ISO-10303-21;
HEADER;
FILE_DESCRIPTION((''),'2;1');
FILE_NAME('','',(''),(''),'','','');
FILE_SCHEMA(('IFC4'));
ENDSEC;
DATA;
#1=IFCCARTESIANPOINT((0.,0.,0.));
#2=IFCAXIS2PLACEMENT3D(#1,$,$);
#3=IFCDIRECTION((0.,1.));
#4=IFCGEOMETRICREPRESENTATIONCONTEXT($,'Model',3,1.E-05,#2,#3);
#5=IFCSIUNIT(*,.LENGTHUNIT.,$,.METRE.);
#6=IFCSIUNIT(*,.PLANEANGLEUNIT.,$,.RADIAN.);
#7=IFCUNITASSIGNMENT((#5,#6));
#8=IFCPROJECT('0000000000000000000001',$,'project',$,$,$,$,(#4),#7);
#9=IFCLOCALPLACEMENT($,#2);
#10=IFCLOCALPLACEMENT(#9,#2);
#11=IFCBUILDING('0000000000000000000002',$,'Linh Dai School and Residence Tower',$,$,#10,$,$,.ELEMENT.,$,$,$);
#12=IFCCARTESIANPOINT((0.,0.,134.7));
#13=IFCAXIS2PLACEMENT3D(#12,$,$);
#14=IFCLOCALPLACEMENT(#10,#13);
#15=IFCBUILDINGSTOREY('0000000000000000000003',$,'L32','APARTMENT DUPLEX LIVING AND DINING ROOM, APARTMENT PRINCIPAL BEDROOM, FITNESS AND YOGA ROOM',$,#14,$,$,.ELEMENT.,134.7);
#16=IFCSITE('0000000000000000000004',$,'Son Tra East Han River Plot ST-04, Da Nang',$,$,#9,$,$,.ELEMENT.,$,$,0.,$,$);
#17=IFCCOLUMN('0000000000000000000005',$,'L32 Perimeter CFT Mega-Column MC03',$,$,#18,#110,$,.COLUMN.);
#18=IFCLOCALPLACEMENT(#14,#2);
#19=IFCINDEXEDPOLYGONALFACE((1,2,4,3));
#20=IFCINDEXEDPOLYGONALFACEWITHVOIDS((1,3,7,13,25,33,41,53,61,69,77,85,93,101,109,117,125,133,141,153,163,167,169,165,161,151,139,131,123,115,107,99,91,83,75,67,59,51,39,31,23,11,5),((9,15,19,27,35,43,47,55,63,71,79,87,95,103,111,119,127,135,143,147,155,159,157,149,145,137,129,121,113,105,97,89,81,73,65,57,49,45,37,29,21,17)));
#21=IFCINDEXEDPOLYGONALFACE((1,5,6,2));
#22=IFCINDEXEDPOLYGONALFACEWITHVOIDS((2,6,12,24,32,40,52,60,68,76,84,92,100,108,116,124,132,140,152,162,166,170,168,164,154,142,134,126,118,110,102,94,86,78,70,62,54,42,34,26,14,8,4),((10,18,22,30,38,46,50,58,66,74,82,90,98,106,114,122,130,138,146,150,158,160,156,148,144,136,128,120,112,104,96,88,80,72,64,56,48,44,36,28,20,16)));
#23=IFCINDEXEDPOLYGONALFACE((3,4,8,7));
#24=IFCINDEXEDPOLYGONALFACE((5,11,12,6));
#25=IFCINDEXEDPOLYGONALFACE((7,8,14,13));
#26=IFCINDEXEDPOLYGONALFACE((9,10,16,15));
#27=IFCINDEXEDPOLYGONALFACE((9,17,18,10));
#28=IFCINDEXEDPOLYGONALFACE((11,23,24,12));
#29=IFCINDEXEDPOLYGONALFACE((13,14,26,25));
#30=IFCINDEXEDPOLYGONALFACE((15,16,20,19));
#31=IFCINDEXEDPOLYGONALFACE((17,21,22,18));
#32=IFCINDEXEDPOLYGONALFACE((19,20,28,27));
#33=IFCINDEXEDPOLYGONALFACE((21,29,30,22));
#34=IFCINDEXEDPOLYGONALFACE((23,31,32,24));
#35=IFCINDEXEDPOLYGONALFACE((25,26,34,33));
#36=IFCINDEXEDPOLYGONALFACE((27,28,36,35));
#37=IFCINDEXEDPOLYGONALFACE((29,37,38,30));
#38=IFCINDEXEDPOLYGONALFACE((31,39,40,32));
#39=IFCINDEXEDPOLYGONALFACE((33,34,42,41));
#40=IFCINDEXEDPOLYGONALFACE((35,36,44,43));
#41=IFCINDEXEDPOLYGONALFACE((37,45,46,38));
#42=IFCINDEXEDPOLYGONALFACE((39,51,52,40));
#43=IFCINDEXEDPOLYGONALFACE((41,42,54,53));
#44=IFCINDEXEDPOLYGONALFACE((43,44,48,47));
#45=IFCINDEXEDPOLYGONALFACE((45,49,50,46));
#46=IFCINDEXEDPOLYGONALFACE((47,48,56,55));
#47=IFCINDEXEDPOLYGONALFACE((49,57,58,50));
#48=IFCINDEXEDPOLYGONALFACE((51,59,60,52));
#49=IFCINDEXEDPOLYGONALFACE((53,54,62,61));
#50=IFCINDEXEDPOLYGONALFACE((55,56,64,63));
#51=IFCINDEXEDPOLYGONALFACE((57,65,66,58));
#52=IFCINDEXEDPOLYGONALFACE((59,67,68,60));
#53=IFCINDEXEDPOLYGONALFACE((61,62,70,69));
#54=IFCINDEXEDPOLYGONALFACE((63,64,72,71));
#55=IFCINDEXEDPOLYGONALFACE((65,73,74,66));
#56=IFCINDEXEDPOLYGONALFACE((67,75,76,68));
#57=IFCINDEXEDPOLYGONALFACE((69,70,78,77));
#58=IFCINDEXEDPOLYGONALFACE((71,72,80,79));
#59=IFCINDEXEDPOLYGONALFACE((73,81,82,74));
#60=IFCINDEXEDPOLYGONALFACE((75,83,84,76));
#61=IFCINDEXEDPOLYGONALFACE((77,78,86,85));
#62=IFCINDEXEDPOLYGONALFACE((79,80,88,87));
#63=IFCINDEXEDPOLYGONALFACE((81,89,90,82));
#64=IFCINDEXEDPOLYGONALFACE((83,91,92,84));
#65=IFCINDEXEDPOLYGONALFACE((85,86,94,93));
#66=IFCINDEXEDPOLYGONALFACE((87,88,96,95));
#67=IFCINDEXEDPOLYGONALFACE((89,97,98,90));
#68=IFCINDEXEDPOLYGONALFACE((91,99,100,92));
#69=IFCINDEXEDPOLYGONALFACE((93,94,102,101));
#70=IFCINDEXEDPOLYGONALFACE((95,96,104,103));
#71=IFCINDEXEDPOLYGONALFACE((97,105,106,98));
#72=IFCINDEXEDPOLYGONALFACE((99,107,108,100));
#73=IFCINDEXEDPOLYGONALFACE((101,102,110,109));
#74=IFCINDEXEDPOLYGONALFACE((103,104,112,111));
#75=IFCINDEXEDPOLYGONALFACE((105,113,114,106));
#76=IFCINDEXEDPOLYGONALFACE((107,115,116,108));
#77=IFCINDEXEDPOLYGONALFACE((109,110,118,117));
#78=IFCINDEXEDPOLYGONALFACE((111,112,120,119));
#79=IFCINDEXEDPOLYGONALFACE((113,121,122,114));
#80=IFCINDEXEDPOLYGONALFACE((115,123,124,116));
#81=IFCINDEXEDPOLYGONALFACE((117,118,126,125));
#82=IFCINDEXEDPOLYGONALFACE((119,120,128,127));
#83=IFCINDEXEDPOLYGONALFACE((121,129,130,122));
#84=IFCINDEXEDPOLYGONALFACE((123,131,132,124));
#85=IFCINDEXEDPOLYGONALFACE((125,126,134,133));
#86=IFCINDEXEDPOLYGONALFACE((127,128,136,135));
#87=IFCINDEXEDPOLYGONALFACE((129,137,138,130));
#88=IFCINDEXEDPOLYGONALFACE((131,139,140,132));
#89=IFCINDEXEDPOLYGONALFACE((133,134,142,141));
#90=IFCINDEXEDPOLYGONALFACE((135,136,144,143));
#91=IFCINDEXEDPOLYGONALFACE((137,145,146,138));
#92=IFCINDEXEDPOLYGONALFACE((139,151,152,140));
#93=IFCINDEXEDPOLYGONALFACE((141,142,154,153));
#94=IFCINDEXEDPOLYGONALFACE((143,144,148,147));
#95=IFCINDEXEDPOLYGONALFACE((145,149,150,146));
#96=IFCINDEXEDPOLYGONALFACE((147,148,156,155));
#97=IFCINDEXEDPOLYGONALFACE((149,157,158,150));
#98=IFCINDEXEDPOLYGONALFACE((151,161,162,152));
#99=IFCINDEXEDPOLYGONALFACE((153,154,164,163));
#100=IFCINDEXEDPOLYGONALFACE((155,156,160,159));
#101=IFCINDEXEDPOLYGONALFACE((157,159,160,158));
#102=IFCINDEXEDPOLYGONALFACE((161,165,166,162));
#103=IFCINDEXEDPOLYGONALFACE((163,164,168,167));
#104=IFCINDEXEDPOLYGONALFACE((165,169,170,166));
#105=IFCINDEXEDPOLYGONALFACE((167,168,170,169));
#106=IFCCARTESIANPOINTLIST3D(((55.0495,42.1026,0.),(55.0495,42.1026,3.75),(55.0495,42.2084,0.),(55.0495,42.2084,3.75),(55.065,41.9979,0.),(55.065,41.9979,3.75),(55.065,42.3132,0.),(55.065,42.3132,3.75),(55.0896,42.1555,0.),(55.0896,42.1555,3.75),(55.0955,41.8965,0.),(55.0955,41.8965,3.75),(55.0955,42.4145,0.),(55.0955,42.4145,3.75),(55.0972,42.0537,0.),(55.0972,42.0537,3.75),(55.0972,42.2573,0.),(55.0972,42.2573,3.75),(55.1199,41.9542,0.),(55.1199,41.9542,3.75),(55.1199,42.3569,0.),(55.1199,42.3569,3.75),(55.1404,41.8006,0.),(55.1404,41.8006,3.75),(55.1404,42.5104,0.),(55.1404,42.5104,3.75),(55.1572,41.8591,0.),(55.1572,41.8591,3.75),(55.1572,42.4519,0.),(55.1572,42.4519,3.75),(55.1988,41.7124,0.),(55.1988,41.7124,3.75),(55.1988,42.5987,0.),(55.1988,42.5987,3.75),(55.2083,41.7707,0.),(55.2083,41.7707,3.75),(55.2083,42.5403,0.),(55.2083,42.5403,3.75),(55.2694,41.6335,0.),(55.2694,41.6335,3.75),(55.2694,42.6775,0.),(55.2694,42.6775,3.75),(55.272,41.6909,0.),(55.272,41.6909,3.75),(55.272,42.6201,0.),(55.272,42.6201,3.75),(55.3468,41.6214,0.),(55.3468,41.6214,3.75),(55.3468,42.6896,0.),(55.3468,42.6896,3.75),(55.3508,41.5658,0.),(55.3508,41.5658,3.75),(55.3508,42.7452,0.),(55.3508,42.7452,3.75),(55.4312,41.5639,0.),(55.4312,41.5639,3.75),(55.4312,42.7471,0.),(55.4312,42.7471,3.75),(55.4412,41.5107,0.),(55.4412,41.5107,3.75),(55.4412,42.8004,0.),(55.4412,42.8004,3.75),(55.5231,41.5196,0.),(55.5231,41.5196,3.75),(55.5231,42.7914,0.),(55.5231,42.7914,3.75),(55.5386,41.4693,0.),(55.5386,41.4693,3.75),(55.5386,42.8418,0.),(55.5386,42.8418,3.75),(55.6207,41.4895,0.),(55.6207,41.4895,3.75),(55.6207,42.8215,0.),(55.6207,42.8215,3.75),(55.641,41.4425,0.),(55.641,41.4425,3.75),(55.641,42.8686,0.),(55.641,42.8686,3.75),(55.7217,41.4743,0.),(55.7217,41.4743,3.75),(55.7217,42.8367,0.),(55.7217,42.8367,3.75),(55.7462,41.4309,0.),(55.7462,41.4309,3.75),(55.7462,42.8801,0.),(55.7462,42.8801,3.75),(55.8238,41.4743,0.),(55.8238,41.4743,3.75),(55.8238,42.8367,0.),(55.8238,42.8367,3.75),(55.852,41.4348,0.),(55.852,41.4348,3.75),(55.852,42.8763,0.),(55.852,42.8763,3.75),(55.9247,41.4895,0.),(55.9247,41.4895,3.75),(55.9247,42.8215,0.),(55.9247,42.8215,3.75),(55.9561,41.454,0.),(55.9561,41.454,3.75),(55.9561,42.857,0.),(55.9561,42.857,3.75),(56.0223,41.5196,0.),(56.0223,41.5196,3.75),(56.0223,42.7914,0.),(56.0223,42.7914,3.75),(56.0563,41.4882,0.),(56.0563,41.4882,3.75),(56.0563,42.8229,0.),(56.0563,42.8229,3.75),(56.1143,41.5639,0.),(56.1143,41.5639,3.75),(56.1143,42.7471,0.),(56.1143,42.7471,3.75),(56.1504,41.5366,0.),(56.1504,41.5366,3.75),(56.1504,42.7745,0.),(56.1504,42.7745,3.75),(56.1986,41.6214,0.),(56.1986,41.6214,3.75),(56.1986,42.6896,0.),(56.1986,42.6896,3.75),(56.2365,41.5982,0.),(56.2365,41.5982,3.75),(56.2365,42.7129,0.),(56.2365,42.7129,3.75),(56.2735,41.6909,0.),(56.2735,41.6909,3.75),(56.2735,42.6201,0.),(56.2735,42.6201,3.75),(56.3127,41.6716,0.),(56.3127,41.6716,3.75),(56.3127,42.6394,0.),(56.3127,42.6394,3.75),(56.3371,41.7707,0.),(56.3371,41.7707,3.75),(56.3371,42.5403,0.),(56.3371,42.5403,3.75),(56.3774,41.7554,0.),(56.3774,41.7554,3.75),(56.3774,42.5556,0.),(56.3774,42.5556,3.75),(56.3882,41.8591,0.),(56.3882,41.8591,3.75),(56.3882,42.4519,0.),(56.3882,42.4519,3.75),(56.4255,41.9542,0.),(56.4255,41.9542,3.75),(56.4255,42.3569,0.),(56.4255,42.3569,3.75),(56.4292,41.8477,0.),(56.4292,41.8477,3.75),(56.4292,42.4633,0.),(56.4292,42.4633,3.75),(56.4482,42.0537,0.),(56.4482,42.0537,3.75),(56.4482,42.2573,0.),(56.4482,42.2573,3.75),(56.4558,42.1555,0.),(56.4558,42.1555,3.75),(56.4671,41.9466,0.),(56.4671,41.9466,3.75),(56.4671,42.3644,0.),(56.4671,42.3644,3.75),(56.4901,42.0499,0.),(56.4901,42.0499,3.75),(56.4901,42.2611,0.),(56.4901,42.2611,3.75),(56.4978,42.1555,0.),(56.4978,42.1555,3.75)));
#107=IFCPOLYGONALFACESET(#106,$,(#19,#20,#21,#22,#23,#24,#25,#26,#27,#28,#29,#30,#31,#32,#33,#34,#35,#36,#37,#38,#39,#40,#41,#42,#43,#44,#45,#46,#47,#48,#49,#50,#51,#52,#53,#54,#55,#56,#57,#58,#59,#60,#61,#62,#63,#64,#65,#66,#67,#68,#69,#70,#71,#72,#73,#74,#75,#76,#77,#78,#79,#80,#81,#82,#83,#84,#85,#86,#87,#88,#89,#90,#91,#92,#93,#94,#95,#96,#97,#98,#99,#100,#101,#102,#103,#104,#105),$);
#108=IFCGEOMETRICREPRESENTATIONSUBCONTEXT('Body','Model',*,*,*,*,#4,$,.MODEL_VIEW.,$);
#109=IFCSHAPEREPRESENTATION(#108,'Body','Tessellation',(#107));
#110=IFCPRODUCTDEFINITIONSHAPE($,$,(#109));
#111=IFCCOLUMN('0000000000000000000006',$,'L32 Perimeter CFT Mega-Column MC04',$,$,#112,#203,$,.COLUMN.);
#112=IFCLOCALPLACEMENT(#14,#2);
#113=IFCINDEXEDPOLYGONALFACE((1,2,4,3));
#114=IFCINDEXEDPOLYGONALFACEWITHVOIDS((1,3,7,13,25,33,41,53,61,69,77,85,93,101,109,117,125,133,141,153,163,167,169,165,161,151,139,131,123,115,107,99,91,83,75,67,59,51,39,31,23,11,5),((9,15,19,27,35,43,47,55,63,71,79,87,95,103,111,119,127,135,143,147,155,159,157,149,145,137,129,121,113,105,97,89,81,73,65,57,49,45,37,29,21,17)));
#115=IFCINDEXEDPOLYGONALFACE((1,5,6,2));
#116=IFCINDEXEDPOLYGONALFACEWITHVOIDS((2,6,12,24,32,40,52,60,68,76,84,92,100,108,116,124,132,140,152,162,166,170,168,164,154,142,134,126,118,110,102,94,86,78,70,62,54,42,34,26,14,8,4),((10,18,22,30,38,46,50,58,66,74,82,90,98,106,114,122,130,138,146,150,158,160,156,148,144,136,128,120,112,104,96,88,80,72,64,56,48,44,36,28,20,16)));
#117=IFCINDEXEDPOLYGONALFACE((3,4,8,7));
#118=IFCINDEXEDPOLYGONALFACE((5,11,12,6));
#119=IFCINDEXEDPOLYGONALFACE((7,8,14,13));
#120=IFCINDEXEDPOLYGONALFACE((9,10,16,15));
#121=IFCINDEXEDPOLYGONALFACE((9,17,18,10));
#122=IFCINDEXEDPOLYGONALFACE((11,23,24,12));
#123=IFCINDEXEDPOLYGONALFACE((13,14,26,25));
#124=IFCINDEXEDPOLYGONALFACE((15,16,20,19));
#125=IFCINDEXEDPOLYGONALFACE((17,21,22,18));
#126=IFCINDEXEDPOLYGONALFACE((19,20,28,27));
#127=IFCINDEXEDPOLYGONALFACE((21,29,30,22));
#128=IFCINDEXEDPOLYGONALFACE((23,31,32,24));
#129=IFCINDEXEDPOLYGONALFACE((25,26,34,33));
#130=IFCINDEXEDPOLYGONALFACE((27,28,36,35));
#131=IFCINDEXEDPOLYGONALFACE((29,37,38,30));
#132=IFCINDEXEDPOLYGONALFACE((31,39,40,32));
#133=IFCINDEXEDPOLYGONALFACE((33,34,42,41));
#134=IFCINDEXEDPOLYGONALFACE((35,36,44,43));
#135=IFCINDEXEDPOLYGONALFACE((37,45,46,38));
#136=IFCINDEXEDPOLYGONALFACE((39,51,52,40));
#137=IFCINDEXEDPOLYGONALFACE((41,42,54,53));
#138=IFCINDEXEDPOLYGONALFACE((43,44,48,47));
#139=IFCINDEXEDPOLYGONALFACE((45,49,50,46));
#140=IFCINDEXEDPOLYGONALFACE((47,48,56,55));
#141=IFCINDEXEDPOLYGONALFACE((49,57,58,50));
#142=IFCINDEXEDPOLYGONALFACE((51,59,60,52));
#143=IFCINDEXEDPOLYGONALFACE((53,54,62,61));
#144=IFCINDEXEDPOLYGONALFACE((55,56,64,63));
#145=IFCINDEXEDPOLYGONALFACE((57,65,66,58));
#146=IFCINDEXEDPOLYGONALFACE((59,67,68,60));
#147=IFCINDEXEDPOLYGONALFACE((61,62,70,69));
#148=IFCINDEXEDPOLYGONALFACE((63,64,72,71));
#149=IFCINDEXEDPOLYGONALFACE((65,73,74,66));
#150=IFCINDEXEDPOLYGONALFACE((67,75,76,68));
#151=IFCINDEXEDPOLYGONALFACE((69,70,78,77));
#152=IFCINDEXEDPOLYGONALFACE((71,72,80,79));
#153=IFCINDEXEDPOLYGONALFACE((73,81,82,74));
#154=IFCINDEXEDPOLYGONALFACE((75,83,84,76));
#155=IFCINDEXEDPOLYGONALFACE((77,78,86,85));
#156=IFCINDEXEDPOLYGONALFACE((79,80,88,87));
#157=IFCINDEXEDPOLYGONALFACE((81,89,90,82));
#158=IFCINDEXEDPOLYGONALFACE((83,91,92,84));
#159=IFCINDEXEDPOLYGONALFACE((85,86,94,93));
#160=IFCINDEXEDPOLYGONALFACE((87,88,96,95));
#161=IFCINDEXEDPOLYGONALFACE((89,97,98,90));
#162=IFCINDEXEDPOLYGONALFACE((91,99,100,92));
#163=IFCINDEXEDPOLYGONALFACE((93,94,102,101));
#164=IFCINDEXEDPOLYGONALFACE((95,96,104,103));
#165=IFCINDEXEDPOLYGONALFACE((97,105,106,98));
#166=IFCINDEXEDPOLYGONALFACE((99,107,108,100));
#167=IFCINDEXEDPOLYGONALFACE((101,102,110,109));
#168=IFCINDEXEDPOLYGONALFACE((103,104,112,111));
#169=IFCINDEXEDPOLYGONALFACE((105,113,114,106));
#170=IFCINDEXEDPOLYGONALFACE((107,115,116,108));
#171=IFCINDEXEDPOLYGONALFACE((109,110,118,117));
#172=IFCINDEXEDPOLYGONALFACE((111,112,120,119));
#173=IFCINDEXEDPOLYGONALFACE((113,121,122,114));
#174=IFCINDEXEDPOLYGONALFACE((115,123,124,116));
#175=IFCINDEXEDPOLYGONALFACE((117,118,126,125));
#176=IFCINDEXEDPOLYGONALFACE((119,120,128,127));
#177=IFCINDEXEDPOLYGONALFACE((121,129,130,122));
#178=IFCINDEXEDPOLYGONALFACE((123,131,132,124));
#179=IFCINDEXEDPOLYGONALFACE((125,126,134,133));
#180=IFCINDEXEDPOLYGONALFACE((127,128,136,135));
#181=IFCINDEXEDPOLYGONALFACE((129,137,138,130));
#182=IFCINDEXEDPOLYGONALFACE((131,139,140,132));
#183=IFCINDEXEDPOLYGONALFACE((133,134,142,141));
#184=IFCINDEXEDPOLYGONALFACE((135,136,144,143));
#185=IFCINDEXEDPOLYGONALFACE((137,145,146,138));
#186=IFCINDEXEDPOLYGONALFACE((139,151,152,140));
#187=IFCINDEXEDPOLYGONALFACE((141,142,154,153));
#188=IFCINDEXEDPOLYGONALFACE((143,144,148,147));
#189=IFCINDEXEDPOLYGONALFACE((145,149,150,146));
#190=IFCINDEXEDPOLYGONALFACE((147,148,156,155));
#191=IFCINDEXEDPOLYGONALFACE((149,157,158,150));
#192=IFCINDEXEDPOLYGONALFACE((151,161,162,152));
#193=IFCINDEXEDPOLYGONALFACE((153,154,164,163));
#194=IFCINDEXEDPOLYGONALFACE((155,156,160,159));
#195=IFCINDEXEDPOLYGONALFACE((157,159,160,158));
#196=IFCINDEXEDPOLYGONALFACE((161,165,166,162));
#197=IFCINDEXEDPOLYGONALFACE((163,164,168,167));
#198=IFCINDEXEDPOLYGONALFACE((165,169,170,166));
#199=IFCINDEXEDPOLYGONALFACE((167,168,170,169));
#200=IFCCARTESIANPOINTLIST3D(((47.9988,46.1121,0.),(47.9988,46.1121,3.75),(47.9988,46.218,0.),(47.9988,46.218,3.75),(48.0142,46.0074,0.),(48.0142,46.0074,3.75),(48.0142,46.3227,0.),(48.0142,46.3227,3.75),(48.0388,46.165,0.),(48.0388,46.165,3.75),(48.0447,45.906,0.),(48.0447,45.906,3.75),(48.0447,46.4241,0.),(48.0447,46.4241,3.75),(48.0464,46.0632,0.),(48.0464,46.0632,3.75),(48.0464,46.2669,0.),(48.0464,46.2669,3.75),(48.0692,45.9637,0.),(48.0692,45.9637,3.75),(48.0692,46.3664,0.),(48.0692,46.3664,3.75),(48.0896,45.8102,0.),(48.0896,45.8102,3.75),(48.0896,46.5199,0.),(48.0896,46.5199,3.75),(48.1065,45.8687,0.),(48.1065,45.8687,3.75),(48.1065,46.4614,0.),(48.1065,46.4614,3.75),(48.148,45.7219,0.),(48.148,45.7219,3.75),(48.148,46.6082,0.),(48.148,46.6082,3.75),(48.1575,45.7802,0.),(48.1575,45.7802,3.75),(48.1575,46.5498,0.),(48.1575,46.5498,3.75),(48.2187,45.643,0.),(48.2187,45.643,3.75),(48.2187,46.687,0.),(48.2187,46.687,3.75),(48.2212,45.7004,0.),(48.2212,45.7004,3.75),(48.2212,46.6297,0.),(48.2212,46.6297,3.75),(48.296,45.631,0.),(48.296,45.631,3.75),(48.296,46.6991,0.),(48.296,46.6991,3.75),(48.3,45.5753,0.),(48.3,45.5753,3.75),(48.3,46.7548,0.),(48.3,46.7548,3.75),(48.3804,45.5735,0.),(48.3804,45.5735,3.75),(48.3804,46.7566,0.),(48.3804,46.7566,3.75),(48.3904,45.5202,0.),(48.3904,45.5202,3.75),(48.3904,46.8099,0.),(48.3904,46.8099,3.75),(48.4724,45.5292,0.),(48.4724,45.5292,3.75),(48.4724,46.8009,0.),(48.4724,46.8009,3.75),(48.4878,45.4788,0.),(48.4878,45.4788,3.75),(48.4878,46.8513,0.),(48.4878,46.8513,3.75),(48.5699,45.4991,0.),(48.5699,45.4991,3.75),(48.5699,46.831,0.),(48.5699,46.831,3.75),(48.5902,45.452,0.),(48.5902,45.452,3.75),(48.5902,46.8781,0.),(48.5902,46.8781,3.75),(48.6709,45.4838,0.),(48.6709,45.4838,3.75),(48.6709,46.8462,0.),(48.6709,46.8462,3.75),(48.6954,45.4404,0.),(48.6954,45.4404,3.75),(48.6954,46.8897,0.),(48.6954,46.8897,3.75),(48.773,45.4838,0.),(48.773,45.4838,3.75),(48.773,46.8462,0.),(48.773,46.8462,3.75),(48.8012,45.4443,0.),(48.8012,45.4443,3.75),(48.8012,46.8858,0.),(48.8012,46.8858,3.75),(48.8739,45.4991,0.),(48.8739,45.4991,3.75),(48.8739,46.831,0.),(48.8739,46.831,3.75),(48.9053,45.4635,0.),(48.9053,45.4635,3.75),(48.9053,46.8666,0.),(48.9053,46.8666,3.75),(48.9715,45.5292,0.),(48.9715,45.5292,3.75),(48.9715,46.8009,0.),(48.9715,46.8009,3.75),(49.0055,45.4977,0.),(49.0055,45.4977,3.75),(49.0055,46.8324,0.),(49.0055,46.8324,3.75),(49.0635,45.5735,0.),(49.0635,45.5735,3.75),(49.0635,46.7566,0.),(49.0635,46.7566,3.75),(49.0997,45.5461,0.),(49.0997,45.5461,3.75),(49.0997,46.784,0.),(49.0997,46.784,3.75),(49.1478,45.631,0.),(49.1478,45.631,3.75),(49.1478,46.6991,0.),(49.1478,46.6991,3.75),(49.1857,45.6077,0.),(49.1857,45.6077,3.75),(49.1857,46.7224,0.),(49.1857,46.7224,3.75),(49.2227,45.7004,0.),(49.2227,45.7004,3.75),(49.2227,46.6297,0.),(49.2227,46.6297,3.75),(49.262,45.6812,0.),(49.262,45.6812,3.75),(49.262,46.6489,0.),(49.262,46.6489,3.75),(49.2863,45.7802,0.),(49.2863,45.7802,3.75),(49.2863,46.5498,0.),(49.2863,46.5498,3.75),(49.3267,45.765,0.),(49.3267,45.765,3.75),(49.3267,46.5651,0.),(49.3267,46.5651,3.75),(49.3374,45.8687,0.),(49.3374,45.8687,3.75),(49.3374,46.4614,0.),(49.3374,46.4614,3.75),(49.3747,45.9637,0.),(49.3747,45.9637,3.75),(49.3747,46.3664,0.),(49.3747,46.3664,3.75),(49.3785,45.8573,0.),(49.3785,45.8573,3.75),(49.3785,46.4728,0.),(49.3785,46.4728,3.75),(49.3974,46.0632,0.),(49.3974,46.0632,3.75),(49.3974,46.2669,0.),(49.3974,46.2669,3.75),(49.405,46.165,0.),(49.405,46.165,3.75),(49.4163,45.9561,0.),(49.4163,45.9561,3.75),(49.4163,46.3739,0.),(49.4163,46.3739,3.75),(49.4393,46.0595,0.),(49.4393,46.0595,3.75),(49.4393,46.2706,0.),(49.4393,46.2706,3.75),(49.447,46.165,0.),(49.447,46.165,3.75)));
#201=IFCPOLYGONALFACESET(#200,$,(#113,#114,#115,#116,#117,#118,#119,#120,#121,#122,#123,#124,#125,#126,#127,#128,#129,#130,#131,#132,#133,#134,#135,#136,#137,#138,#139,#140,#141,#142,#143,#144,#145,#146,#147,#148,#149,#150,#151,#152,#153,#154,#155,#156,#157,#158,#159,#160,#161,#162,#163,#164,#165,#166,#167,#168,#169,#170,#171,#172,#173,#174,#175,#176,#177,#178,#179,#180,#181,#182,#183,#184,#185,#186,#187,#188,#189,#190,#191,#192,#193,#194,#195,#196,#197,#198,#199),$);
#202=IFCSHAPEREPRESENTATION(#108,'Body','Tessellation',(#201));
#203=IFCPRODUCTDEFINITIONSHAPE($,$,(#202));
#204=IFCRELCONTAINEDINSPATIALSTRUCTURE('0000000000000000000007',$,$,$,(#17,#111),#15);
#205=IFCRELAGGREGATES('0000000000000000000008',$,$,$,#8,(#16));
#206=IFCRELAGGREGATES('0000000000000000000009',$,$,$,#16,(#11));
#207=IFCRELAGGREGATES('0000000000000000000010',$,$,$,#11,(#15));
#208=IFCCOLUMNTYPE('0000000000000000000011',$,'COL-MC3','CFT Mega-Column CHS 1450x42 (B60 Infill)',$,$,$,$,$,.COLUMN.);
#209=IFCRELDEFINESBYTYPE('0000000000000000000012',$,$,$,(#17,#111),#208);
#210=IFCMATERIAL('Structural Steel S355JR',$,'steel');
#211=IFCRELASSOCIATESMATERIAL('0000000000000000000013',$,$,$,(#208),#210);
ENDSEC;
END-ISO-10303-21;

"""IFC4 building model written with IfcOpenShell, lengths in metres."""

from ifc_helpers import new_model, si_unit, direction, frame, origin, origin_2d, place, context, subcontext, project, spatial, hollow_circle, extrude, material, material_profile, profile_set, type_object, element, save


model = new_model("IFC4")

# Units and contexts
model_context = context("Model", 3, precision=1e-05, world=origin(), true_north=direction((0.0, 1.0)))
body_context = subcontext(model_context, "Body", "Model", "MODEL_VIEW")
ifc_project = project(units=[si_unit("LENGTHUNIT", "METRE"), si_unit("PLANEANGLEUNIT", "RADIAN")], contexts=[model_context])

# Site, building, storey
site_placement = place(None, origin())
site = spatial("IfcSite", under=ifc_project, at=site_placement, Name="Son Tra East Han River Plot ST-04, Da Nang", CompositionType="ELEMENT", RefElevation=0.0)
building_placement = place(site_placement, origin())
building = spatial("IfcBuilding", under=site, at=building_placement, Name="Linh Dai School and Residence Tower", CompositionType="ELEMENT")
storey_placement = place(building_placement, frame((0.0, 0.0, 134.7)))
storey = spatial("IfcBuildingStorey", under=building, at=storey_placement, Name="L32", Description="APARTMENT DUPLEX LIVING AND DINING ROOM, APARTMENT PRINCIPAL BEDROOM, FITNESS AND YOGA ROOM", CompositionType="ELEMENT", Elevation=134.7)

# Columns
ifc_material_1 = material(Name="Structural Steel S355JR", Category="steel")
ifc_material_profile_1 = material_profile(ifc_material_1, hollow_circle(Radius=0.7251, WallThickness=0.042, at=origin_2d()), Name="CHS 1450x42")
ifc_profile_set_1 = profile_set([ifc_material_profile_1], Name="Structural Steel S355JR")
column_type = type_object("IfcColumnType", Name="COL-MC3", Description="CFT Mega-Column CHS 1450x42 (B60 Infill)", PredefinedType="COLUMN", material=ifc_profile_set_1)
for number, where, z_axis, x_axis, name in (
    (1, (55.7727, 42.1555, 0.0), (0.0, 0.0, 1.0), (1.0, 0.0, 0.0), "L32 Perimeter CFT Mega-Column MC03"),
    (2, (48.7219, 46.165, 0.0), (0.0, 0.0, 1.0), (1.0, 0.0, 0.0), "L32 Perimeter CFT Mega-Column MC04"),
):
    element("IfcColumn", number, at=place(storey_placement, frame(where, z_axis=z_axis, x_axis=x_axis)), inside=storey, type_object=column_type, Name=name, PredefinedType="COLUMN", context=body_context, shape_type="SweptSolid", body=[
        extrude(hollow_circle(Radius=0.7251, WallThickness=0.042, at=origin_2d()), origin(), (0.0, 0.0, 1.0), 3.75),
    ])

save(model, "model.ifc")
